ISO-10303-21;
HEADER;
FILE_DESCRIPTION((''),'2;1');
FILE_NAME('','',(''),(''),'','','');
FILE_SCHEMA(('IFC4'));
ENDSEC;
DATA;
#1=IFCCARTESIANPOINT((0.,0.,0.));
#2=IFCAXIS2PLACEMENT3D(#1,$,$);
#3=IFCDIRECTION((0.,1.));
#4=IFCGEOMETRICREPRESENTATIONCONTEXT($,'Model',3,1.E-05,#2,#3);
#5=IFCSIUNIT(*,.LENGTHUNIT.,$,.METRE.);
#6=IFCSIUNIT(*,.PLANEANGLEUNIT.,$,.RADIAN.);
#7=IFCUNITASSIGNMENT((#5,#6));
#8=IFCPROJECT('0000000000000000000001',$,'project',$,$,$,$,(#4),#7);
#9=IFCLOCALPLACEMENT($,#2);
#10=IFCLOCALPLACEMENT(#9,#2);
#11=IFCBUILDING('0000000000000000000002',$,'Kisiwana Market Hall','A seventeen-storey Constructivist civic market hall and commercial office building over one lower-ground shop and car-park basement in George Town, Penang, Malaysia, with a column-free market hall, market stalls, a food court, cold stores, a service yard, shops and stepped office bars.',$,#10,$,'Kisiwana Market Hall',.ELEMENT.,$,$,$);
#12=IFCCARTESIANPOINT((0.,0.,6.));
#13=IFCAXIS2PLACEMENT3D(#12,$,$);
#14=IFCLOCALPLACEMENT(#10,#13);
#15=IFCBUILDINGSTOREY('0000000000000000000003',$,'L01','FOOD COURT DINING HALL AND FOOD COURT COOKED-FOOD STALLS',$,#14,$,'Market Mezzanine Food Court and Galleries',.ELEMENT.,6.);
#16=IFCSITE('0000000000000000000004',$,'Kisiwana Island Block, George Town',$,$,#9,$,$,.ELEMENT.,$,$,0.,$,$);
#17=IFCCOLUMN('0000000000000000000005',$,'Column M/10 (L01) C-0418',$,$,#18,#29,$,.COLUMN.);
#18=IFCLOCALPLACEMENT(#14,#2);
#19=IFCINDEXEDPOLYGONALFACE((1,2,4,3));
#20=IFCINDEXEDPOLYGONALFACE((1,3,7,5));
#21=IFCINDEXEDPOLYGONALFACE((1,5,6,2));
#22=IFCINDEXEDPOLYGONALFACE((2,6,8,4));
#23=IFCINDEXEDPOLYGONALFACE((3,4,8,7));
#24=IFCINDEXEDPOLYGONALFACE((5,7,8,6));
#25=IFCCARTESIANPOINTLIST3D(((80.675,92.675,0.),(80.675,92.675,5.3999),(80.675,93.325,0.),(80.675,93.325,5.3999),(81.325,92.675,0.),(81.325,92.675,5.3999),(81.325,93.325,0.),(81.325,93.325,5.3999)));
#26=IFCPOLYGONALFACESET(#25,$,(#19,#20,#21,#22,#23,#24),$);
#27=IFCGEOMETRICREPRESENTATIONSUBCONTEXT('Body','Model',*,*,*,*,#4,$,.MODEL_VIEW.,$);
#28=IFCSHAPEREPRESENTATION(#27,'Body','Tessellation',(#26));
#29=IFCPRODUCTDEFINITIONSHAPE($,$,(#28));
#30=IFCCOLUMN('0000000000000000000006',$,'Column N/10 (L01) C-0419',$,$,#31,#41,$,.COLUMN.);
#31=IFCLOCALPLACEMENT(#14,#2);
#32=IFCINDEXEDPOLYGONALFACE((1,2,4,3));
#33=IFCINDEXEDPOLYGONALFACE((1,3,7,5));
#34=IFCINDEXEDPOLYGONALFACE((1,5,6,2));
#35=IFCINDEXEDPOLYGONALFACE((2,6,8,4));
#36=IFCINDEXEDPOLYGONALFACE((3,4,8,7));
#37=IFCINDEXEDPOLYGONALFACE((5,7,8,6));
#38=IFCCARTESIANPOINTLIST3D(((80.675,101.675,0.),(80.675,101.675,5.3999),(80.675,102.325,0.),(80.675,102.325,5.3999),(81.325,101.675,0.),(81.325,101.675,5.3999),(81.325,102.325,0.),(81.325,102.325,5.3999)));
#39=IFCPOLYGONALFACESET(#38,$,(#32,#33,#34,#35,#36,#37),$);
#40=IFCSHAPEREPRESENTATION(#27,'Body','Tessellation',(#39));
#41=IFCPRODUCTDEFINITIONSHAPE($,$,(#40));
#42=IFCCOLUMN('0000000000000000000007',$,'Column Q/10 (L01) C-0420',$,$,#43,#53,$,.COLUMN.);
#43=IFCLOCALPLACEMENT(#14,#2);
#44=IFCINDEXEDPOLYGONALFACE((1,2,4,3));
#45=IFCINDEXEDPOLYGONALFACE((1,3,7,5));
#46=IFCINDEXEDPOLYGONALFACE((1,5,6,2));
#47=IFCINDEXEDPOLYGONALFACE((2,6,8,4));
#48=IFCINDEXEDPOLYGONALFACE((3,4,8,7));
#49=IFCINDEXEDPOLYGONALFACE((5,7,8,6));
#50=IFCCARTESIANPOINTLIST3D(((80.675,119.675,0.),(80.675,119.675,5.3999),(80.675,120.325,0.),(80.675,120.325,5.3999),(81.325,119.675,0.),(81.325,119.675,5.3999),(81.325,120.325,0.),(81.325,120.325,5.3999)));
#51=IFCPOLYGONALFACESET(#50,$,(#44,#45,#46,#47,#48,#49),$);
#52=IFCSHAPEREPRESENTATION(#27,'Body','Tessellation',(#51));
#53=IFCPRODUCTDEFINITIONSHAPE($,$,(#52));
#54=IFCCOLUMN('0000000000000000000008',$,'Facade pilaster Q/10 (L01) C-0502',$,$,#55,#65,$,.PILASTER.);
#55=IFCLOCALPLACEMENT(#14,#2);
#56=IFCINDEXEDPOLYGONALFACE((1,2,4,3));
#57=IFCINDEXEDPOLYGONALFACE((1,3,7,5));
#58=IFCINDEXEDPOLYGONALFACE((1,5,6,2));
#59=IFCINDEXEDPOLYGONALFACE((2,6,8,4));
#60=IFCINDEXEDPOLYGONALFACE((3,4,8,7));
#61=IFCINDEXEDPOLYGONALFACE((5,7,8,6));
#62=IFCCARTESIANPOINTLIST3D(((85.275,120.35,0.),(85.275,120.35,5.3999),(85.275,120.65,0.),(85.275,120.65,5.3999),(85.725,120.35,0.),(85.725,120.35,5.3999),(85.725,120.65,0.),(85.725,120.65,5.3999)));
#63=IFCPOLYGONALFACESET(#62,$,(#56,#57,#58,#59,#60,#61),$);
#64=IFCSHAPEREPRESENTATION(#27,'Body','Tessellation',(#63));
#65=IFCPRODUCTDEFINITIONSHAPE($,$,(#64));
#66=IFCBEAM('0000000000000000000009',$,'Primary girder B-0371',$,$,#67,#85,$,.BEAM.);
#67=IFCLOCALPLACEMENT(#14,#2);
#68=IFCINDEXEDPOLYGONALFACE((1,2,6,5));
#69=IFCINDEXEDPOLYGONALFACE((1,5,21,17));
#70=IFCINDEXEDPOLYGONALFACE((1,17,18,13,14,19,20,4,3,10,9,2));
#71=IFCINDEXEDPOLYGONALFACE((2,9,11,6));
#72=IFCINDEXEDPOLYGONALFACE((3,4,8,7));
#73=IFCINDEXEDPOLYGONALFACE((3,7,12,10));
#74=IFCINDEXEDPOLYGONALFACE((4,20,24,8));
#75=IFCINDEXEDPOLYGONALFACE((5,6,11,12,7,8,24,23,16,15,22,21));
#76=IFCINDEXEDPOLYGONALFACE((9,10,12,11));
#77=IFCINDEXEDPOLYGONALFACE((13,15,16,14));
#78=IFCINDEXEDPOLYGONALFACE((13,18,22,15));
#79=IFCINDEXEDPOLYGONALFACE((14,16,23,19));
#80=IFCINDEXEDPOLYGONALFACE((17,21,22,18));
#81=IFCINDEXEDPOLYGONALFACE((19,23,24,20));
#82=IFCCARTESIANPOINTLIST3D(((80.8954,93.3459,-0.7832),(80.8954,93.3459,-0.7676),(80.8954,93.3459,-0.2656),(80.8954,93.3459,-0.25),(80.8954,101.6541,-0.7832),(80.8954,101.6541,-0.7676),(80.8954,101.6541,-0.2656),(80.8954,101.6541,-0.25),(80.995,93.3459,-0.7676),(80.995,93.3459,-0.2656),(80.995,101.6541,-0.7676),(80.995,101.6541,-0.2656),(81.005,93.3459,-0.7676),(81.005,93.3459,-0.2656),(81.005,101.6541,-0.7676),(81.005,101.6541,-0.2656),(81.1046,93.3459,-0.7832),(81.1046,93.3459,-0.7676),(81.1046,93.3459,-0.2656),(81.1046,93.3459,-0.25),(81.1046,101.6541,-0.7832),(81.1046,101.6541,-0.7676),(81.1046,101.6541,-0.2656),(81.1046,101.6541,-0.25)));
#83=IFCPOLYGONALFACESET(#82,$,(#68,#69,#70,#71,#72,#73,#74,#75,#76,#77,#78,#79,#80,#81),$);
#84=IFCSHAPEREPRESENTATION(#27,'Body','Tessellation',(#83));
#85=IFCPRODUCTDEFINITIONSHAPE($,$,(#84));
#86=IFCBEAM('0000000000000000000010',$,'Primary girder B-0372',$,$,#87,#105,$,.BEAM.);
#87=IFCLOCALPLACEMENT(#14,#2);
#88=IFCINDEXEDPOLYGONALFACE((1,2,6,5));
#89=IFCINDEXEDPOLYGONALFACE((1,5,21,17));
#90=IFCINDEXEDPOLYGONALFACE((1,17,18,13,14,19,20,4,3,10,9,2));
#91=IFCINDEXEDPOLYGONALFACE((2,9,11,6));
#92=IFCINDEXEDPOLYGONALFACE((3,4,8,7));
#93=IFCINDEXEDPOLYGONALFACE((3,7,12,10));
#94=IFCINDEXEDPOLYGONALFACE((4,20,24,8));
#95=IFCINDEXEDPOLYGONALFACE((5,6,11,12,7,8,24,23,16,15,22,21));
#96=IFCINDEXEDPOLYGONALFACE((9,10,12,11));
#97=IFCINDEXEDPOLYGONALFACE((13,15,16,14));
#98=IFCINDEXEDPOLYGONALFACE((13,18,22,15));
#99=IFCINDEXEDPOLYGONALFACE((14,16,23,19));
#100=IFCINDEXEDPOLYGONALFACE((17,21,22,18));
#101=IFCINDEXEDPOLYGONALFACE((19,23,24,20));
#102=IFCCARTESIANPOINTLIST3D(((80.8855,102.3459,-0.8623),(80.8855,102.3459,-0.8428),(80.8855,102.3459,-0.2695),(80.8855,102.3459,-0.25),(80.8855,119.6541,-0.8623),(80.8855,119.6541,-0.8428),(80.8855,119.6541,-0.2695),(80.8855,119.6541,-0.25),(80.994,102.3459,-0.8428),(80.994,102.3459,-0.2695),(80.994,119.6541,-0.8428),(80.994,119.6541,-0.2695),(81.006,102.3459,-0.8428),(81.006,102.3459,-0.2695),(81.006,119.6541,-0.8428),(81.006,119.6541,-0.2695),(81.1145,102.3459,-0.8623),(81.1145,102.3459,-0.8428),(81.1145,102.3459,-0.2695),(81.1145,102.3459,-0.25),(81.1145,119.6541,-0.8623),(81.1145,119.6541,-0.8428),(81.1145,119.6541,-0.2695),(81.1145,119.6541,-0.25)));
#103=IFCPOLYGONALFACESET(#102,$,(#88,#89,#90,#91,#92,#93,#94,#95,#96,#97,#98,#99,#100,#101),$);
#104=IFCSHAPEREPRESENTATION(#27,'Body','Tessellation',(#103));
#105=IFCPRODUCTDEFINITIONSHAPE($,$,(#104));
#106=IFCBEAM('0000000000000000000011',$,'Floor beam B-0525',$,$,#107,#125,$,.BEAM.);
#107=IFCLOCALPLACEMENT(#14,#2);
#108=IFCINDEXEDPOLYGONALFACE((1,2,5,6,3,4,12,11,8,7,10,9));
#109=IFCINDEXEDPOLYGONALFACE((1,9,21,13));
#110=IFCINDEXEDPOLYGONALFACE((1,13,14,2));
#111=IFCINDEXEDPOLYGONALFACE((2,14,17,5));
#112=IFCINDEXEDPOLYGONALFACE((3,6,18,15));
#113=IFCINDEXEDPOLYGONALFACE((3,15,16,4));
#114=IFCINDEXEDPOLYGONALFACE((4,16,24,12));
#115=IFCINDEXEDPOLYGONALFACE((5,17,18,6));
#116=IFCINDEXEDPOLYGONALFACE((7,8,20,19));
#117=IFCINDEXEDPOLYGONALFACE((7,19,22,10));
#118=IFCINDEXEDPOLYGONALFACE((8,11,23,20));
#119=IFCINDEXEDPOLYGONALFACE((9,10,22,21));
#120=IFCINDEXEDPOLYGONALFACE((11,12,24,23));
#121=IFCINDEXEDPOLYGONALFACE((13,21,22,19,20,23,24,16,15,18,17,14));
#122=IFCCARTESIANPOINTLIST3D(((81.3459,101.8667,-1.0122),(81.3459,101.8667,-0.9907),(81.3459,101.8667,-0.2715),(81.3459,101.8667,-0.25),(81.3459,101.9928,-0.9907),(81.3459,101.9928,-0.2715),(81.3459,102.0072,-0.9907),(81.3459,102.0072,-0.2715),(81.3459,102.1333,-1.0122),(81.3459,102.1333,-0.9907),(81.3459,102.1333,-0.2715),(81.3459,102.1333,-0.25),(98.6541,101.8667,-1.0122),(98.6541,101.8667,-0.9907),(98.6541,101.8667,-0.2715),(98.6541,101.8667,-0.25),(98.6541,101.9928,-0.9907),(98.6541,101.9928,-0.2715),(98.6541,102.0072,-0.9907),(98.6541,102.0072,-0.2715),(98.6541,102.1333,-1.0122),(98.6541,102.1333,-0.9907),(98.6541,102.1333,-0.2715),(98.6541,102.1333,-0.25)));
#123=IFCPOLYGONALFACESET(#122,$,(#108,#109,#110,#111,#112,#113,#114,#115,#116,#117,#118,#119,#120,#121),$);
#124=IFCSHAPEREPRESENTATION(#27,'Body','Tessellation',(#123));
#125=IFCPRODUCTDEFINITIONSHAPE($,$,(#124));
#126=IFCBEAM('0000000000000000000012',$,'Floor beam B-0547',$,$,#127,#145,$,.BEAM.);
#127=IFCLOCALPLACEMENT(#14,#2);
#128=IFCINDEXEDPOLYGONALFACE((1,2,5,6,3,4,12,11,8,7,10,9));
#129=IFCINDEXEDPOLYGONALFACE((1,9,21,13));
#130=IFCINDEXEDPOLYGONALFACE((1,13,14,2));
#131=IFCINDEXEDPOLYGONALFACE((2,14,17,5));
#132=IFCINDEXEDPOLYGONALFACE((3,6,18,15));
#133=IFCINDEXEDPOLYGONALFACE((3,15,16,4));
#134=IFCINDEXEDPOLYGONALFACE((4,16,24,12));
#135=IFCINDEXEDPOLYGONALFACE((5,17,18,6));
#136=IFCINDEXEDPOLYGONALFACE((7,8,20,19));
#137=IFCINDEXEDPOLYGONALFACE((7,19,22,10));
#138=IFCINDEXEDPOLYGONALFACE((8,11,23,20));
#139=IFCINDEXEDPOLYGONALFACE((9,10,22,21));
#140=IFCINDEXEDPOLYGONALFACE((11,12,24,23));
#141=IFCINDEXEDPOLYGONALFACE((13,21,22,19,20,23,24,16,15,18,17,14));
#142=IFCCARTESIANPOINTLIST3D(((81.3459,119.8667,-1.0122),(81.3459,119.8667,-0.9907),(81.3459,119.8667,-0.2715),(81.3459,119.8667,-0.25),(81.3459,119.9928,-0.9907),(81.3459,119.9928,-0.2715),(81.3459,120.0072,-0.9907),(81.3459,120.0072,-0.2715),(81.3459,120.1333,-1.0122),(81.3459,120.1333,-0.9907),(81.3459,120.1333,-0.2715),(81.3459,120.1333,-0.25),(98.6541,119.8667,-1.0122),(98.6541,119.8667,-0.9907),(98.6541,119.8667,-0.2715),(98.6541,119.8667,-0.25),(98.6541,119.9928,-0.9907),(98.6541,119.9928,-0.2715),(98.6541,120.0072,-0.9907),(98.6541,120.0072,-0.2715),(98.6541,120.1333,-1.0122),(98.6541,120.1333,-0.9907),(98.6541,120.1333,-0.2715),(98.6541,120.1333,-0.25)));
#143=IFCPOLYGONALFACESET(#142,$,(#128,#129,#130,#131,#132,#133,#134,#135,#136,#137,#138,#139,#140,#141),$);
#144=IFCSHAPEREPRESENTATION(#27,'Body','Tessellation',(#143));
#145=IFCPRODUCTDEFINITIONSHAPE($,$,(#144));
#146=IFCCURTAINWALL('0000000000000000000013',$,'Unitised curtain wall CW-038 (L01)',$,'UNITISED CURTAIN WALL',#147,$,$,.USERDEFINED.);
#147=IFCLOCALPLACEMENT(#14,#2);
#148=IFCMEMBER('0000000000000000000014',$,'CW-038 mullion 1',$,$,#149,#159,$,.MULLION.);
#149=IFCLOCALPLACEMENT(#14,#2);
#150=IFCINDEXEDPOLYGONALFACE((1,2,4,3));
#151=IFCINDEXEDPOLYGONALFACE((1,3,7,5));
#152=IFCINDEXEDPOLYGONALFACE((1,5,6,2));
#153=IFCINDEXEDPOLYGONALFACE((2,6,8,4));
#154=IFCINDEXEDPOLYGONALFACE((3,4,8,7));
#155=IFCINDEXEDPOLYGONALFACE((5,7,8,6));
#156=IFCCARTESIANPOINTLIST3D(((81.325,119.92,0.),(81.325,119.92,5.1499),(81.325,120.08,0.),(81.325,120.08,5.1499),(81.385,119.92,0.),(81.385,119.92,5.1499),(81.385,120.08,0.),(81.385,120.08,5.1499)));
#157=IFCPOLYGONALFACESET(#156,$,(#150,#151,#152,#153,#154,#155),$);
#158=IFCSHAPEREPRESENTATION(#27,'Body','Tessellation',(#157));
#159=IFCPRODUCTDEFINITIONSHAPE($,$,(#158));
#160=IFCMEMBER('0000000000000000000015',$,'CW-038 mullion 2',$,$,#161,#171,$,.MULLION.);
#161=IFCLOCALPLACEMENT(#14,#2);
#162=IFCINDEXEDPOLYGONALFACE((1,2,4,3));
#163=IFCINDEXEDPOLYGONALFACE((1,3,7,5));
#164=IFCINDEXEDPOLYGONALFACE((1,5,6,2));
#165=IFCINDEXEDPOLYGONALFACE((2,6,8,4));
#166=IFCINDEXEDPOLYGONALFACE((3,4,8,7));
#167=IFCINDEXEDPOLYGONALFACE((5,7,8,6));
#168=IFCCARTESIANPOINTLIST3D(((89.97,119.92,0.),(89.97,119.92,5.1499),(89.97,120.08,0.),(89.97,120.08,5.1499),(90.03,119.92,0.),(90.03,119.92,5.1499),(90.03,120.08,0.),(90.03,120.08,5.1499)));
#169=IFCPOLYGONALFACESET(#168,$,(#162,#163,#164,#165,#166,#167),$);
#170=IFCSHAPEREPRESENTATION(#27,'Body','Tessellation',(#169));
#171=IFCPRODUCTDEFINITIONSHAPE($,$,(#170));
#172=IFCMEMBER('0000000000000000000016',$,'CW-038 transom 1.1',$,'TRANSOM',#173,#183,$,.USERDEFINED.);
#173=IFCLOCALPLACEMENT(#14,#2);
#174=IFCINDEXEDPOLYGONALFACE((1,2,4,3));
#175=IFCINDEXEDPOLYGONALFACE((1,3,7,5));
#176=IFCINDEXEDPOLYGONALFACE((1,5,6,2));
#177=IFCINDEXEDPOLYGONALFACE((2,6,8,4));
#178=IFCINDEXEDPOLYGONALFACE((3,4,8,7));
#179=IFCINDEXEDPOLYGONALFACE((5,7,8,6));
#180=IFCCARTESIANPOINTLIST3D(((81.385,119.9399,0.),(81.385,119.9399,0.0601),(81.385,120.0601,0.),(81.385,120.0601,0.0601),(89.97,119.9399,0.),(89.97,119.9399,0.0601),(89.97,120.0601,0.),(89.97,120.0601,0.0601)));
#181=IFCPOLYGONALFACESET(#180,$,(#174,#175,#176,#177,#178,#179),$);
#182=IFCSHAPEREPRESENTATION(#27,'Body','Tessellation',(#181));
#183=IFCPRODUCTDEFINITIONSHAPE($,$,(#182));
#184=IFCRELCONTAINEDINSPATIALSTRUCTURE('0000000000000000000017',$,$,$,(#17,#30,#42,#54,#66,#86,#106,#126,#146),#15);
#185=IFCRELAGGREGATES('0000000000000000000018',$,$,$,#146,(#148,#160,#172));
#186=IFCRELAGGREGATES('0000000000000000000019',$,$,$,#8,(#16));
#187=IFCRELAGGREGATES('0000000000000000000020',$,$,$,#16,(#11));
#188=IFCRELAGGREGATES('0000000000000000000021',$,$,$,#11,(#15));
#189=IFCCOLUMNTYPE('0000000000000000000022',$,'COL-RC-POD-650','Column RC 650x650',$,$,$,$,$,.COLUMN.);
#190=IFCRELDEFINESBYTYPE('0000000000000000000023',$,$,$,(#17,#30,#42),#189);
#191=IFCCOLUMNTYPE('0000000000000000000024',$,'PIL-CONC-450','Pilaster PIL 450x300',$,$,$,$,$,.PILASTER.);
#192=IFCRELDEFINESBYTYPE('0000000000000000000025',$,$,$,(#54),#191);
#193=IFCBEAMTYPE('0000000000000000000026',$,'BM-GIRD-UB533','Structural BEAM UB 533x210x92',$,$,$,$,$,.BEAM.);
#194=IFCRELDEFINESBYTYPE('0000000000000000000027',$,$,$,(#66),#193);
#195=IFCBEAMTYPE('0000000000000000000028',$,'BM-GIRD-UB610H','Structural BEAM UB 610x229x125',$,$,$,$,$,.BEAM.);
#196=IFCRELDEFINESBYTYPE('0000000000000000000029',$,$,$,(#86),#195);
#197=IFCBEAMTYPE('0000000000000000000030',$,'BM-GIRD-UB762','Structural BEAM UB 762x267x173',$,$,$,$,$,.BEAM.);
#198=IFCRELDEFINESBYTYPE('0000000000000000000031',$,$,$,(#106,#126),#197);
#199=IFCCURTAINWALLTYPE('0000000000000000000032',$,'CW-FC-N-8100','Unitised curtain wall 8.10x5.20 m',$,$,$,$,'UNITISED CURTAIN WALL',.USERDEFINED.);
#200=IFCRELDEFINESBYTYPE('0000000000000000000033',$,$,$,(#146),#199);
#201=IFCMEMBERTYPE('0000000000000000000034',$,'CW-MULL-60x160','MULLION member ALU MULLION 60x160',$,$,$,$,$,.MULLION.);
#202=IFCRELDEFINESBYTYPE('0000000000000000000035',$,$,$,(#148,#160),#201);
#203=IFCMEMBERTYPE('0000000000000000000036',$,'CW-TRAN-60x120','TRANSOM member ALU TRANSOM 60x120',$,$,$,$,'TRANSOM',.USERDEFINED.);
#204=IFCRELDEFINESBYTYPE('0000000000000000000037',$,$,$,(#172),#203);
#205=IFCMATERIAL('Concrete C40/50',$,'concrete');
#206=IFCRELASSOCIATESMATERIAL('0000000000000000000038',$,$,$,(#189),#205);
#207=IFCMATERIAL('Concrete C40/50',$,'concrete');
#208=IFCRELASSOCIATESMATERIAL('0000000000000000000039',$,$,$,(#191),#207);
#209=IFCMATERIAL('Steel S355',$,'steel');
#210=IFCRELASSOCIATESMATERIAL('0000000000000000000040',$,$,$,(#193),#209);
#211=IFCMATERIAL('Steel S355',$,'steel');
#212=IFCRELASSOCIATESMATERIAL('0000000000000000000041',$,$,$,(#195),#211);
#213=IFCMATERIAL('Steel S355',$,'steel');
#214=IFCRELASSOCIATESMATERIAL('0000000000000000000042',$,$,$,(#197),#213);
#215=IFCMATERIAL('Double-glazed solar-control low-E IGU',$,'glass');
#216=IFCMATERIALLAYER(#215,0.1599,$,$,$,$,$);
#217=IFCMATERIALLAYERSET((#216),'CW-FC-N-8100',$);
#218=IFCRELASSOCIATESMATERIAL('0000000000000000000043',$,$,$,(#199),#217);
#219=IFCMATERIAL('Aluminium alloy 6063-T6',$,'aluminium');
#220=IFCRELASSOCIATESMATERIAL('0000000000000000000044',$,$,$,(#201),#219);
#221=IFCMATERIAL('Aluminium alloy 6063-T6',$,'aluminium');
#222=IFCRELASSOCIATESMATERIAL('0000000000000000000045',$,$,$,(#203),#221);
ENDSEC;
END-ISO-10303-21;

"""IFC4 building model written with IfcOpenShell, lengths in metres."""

from ifc_helpers import new_model, si_unit, direction, frame, origin, origin_2d, place, context, subcontext, project, spatial, rectangle, i_section, extrude, material, layer, layer_set, material_profile, profile_set, type_object, element, aggregate, save


model = new_model("IFC4")

# Units and contexts
model_context = context("Model", 3, precision=1e-05, world=origin(), true_north=direction((0.0, 1.0)))
body_context = subcontext(model_context, "Body", "Model", "MODEL_VIEW")
ifc_project = project(units=[si_unit("LENGTHUNIT", "METRE"), si_unit("PLANEANGLEUNIT", "RADIAN")], contexts=[model_context])

# Site, building, storey
site_placement = place(None, origin())
site = spatial("IfcSite", under=ifc_project, at=site_placement, Name="Kisiwana Island Block, George Town", CompositionType="ELEMENT", RefElevation=0.0)
building_placement = place(site_placement, origin())
building = spatial("IfcBuilding", under=site, at=building_placement, Name="Kisiwana Market Hall", Description="A seventeen-storey Constructivist civic market hall and commercial office building over one lower-ground shop and car-park basement in George Town, Penang, Malaysia, with a column-free market hall, market stalls, a food court, cold stores, a service yard, shops and stepped office bars.", LongName="Kisiwana Market Hall", CompositionType="ELEMENT")
storey_placement = place(building_placement, frame((0.0, 0.0, 6.0)))
storey = spatial("IfcBuildingStorey", under=building, at=storey_placement, Name="L01", Description="FOOD COURT DINING HALL AND FOOD COURT COOKED-FOOD STALLS", LongName="Market Mezzanine Food Court and Galleries", CompositionType="ELEMENT", Elevation=6.0)

# Columns
ifc_material_1 = material(Name="Concrete C40/50", Category="concrete")
ifc_material_profile_1 = material_profile(ifc_material_1, rectangle(XDim=0.6499, YDim=0.6499, at=origin_2d()), Name="RC 650x650")
ifc_profile_set_1 = profile_set([ifc_material_profile_1], Name="Concrete C40/50")
column_type_1 = type_object("IfcColumnType", Name="COL-RC-POD-650", Description="Column RC 650x650", PredefinedType="COLUMN", material=ifc_profile_set_1)
for number, where, z_axis, x_axis, name in (
    (1, (81.0, 93.0, 0.0), (0.0, 0.0, 1.0), (1.0, 0.0, 0.0), "Column M/10 (L01) C-0418"),
    (2, (81.0, 102.0, 0.0), (0.0, 0.0, 1.0), (1.0, 0.0, 0.0), "Column N/10 (L01) C-0419"),
    (3, (81.0, 120.0, 0.0), (0.0, 0.0, 1.0), (1.0, 0.0, 0.0), "Column Q/10 (L01) C-0420"),
):
    element("IfcColumn", number, at=place(storey_placement, frame(where, z_axis=z_axis, x_axis=x_axis)), inside=storey, type_object=column_type_1, Name=name, PredefinedType="COLUMN", context=body_context, shape_type="SweptSolid", body=[
        extrude(rectangle(XDim=0.6499, YDim=0.6499, at=origin_2d()), origin(), (0.0, 0.0, 1.0), 5.3999),
    ])
ifc_material_2 = material(Name="Concrete C40/50", Category="concrete")
ifc_material_profile_2 = material_profile(ifc_material_2, rectangle(XDim=0.45, YDim=0.3, at=origin_2d()), Name="PIL 450x300")
ifc_profile_set_2 = profile_set([ifc_material_profile_2], Name="Concrete C40/50")
column_type_2 = type_object("IfcColumnType", Name="PIL-CONC-450", Description="Pilaster PIL 450x300", PredefinedType="PILASTER", material=ifc_profile_set_2)
column_placement = place(storey_placement, frame((85.5, 120.5, 0.0), z_axis=(0.0, 0.0, 1.0), x_axis=(1.0, 0.0, 0.0)))
element("IfcColumn", 4, at=column_placement, inside=storey, type_object=column_type_2, Name="Facade pilaster Q/10 (L01) C-0502", PredefinedType="PILASTER", context=body_context, shape_type="SweptSolid", body=[
    extrude(rectangle(XDim=0.45, YDim=0.3, at=origin_2d()), origin(), (0.0, 0.0, 1.0), 5.3999),
])

# Beams
ifc_material_3 = material(Name="Steel S355", Category="steel")
ifc_material_profile_3 = material_profile(ifc_material_3, i_section(OverallWidth=0.2092, OverallDepth=0.5332, WebThickness=0.01, FlangeThickness=0.0156, at=origin_2d()), Name="UB 533x210x92")
ifc_profile_set_3 = profile_set([ifc_material_profile_3], Name="Steel S355")
beam_type_1 = type_object("IfcBeamType", Name="BM-GIRD-UB533", Description="Structural BEAM UB 533x210x92", PredefinedType="BEAM", material=ifc_profile_set_3)
beam_1_placement = place(storey_placement, frame((81.0, 93.3459, -0.5166), z_axis=(0.0, 1.0, 0.0), x_axis=(-1.0, 0.0, 0.0)))
element("IfcBeam", 5, at=beam_1_placement, inside=storey, type_object=beam_type_1, Name="Primary girder B-0371", PredefinedType="BEAM", context=body_context, shape_type="SweptSolid", body=[
    extrude(i_section(OverallWidth=0.2092, OverallDepth=0.5332, WebThickness=0.01, FlangeThickness=0.0156, at=origin_2d()), origin(), (0.0, 0.0, 1.0), 8.3081),
])
ifc_material_4 = material(Name="Steel S355", Category="steel")
ifc_material_profile_4 = material_profile(ifc_material_4, i_section(OverallWidth=0.229, OverallDepth=0.6123, WebThickness=0.012, FlangeThickness=0.0195, at=origin_2d()), Name="UB 610x229x125")
ifc_profile_set_4 = profile_set([ifc_material_profile_4], Name="Steel S355")
beam_type_2 = type_object("IfcBeamType", Name="BM-GIRD-UB610H", Description="Structural BEAM UB 610x229x125", PredefinedType="BEAM", material=ifc_profile_set_4)
beam_2_placement = place(storey_placement, frame((81.0, 102.3459, -0.5562), z_axis=(0.0, 1.0, 0.0), x_axis=(-1.0, 0.0, 0.0)))
element("IfcBeam", 6, at=beam_2_placement, inside=storey, type_object=beam_type_2, Name="Primary girder B-0372", PredefinedType="BEAM", context=body_context, shape_type="SweptSolid", body=[
    extrude(i_section(OverallWidth=0.229, OverallDepth=0.6123, WebThickness=0.012, FlangeThickness=0.0195, at=origin_2d()), origin(), (0.0, 0.0, 1.0), 17.3081),
])
ifc_material_5 = material(Name="Steel S355", Category="steel")
ifc_material_profile_5 = material_profile(ifc_material_5, i_section(OverallWidth=0.2666, OverallDepth=0.7622, WebThickness=0.0144, FlangeThickness=0.0215, at=origin_2d()), Name="UB 762x267x173")
ifc_profile_set_5 = profile_set([ifc_material_profile_5], Name="Steel S355")
beam_type_3 = type_object("IfcBeamType", Name="BM-GIRD-UB762", Description="Structural BEAM UB 762x267x173", PredefinedType="BEAM", material=ifc_profile_set_5)
for number, where, z_axis, x_axis, name in (
    (7, (81.3459, 102.0, -0.6311), (1.0, 0.0, 0.0), (0.0, 1.0, 0.0), "Floor beam B-0525"),
    (8, (81.3459, 120.0, -0.6311), (1.0, 0.0, 0.0), (0.0, 1.0, 0.0), "Floor beam B-0547"),
):
    element("IfcBeam", number, at=place(storey_placement, frame(where, z_axis=z_axis, x_axis=x_axis)), inside=storey, type_object=beam_type_3, Name=name, PredefinedType="BEAM", context=body_context, shape_type="SweptSolid", body=[
        extrude(i_section(OverallWidth=0.2666, OverallDepth=0.7622, WebThickness=0.0144, FlangeThickness=0.0215, at=origin_2d()), origin(), (0.0, 0.0, 1.0), 17.3081),
    ])

# Curtain wall, members
ifc_material_6 = material(Name="Double-glazed solar-control low-E IGU", Category="glass")
ifc_layer_1 = layer(ifc_material_6, 0.1599)
ifc_layer_set_1 = layer_set([ifc_layer_1], Name="CW-FC-N-8100")
curtain_wall_type = type_object("IfcCurtainWallType", Name="CW-FC-N-8100", Description="Unitised curtain wall 8.10x5.20 m", ElementType="UNITISED CURTAIN WALL", PredefinedType="USERDEFINED", material=ifc_layer_set_1)
curtain_wall_placement = place(storey_placement, origin())
curtain_wall = element("IfcCurtainWall", 9, at=curtain_wall_placement, inside=storey, type_object=curtain_wall_type, Name="Unitised curtain wall CW-038 (L01)", ObjectType="UNITISED CURTAIN WALL", PredefinedType="USERDEFINED")
ifc_material_7 = material(Name="Aluminium alloy 6063-T6", Category="aluminium")
ifc_material_profile_6 = material_profile(ifc_material_7, rectangle(XDim=0.0601, YDim=0.1599, at=origin_2d()), Name="ALU MULLION 60x160")
ifc_profile_set_6 = profile_set([ifc_material_profile_6], Name="Aluminium alloy 6063-T6")
member_type_1 = type_object("IfcMemberType", Name="CW-MULL-60x160", Description="MULLION member ALU MULLION 60x160", PredefinedType="MULLION", material=ifc_profile_set_6)
member_1_placement = place(storey_placement, frame((81.355, 120.0, 0.0), z_axis=(0.0, 0.0, 1.0), x_axis=(1.0, 0.0, 0.0)))
member_1 = element("IfcMember", 10, at=member_1_placement, type_object=member_type_1, Name="CW-038 mullion 1", PredefinedType="MULLION", context=body_context, shape_type="SweptSolid", body=[
    extrude(rectangle(XDim=0.0601, YDim=0.1599, at=origin_2d()), origin(), (0.0, 0.0, 1.0), 5.1499),
])
member_2_placement = place(storey_placement, frame((90.0, 120.0, 0.0), z_axis=(0.0, 0.0, 1.0), x_axis=(1.0, 0.0, 0.0)))
member_2 = element("IfcMember", 11, at=member_2_placement, type_object=member_type_1, Name="CW-038 mullion 2", PredefinedType="MULLION", context=body_context, shape_type="SweptSolid", body=[
    extrude(rectangle(XDim=0.0601, YDim=0.1599, at=origin_2d()), origin(), (0.0, 0.0, 1.0), 5.1499),
])
ifc_material_8 = material(Name="Aluminium alloy 6063-T6", Category="aluminium")
ifc_material_profile_7 = material_profile(ifc_material_8, rectangle(XDim=0.1201, YDim=0.0601, at=origin_2d()), Name="ALU TRANSOM 60x120")
ifc_profile_set_7 = profile_set([ifc_material_profile_7], Name="Aluminium alloy 6063-T6")
member_type_2 = type_object("IfcMemberType", Name="CW-TRAN-60x120", Description="TRANSOM member ALU TRANSOM 60x120", ElementType="TRANSOM", PredefinedType="USERDEFINED", material=ifc_profile_set_7)
member_3_placement = place(storey_placement, frame((81.385, 120.0, 0.03), z_axis=(1.0, 0.0, 0.0), x_axis=(0.0, 1.0, 0.0)))
member_3 = element("IfcMember", 12, at=member_3_placement, type_object=member_type_2, Name="CW-038 transom 1.1", ObjectType="TRANSOM", PredefinedType="USERDEFINED", context=body_context, shape_type="SweptSolid", body=[
    extrude(rectangle(XDim=0.1201, YDim=0.0601, at=origin_2d()), origin(), (0.0, 0.0, 1.0), 8.585),
])
aggregate(curtain_wall, [member_1, member_2, member_3])

save(model, "model.ifc")
